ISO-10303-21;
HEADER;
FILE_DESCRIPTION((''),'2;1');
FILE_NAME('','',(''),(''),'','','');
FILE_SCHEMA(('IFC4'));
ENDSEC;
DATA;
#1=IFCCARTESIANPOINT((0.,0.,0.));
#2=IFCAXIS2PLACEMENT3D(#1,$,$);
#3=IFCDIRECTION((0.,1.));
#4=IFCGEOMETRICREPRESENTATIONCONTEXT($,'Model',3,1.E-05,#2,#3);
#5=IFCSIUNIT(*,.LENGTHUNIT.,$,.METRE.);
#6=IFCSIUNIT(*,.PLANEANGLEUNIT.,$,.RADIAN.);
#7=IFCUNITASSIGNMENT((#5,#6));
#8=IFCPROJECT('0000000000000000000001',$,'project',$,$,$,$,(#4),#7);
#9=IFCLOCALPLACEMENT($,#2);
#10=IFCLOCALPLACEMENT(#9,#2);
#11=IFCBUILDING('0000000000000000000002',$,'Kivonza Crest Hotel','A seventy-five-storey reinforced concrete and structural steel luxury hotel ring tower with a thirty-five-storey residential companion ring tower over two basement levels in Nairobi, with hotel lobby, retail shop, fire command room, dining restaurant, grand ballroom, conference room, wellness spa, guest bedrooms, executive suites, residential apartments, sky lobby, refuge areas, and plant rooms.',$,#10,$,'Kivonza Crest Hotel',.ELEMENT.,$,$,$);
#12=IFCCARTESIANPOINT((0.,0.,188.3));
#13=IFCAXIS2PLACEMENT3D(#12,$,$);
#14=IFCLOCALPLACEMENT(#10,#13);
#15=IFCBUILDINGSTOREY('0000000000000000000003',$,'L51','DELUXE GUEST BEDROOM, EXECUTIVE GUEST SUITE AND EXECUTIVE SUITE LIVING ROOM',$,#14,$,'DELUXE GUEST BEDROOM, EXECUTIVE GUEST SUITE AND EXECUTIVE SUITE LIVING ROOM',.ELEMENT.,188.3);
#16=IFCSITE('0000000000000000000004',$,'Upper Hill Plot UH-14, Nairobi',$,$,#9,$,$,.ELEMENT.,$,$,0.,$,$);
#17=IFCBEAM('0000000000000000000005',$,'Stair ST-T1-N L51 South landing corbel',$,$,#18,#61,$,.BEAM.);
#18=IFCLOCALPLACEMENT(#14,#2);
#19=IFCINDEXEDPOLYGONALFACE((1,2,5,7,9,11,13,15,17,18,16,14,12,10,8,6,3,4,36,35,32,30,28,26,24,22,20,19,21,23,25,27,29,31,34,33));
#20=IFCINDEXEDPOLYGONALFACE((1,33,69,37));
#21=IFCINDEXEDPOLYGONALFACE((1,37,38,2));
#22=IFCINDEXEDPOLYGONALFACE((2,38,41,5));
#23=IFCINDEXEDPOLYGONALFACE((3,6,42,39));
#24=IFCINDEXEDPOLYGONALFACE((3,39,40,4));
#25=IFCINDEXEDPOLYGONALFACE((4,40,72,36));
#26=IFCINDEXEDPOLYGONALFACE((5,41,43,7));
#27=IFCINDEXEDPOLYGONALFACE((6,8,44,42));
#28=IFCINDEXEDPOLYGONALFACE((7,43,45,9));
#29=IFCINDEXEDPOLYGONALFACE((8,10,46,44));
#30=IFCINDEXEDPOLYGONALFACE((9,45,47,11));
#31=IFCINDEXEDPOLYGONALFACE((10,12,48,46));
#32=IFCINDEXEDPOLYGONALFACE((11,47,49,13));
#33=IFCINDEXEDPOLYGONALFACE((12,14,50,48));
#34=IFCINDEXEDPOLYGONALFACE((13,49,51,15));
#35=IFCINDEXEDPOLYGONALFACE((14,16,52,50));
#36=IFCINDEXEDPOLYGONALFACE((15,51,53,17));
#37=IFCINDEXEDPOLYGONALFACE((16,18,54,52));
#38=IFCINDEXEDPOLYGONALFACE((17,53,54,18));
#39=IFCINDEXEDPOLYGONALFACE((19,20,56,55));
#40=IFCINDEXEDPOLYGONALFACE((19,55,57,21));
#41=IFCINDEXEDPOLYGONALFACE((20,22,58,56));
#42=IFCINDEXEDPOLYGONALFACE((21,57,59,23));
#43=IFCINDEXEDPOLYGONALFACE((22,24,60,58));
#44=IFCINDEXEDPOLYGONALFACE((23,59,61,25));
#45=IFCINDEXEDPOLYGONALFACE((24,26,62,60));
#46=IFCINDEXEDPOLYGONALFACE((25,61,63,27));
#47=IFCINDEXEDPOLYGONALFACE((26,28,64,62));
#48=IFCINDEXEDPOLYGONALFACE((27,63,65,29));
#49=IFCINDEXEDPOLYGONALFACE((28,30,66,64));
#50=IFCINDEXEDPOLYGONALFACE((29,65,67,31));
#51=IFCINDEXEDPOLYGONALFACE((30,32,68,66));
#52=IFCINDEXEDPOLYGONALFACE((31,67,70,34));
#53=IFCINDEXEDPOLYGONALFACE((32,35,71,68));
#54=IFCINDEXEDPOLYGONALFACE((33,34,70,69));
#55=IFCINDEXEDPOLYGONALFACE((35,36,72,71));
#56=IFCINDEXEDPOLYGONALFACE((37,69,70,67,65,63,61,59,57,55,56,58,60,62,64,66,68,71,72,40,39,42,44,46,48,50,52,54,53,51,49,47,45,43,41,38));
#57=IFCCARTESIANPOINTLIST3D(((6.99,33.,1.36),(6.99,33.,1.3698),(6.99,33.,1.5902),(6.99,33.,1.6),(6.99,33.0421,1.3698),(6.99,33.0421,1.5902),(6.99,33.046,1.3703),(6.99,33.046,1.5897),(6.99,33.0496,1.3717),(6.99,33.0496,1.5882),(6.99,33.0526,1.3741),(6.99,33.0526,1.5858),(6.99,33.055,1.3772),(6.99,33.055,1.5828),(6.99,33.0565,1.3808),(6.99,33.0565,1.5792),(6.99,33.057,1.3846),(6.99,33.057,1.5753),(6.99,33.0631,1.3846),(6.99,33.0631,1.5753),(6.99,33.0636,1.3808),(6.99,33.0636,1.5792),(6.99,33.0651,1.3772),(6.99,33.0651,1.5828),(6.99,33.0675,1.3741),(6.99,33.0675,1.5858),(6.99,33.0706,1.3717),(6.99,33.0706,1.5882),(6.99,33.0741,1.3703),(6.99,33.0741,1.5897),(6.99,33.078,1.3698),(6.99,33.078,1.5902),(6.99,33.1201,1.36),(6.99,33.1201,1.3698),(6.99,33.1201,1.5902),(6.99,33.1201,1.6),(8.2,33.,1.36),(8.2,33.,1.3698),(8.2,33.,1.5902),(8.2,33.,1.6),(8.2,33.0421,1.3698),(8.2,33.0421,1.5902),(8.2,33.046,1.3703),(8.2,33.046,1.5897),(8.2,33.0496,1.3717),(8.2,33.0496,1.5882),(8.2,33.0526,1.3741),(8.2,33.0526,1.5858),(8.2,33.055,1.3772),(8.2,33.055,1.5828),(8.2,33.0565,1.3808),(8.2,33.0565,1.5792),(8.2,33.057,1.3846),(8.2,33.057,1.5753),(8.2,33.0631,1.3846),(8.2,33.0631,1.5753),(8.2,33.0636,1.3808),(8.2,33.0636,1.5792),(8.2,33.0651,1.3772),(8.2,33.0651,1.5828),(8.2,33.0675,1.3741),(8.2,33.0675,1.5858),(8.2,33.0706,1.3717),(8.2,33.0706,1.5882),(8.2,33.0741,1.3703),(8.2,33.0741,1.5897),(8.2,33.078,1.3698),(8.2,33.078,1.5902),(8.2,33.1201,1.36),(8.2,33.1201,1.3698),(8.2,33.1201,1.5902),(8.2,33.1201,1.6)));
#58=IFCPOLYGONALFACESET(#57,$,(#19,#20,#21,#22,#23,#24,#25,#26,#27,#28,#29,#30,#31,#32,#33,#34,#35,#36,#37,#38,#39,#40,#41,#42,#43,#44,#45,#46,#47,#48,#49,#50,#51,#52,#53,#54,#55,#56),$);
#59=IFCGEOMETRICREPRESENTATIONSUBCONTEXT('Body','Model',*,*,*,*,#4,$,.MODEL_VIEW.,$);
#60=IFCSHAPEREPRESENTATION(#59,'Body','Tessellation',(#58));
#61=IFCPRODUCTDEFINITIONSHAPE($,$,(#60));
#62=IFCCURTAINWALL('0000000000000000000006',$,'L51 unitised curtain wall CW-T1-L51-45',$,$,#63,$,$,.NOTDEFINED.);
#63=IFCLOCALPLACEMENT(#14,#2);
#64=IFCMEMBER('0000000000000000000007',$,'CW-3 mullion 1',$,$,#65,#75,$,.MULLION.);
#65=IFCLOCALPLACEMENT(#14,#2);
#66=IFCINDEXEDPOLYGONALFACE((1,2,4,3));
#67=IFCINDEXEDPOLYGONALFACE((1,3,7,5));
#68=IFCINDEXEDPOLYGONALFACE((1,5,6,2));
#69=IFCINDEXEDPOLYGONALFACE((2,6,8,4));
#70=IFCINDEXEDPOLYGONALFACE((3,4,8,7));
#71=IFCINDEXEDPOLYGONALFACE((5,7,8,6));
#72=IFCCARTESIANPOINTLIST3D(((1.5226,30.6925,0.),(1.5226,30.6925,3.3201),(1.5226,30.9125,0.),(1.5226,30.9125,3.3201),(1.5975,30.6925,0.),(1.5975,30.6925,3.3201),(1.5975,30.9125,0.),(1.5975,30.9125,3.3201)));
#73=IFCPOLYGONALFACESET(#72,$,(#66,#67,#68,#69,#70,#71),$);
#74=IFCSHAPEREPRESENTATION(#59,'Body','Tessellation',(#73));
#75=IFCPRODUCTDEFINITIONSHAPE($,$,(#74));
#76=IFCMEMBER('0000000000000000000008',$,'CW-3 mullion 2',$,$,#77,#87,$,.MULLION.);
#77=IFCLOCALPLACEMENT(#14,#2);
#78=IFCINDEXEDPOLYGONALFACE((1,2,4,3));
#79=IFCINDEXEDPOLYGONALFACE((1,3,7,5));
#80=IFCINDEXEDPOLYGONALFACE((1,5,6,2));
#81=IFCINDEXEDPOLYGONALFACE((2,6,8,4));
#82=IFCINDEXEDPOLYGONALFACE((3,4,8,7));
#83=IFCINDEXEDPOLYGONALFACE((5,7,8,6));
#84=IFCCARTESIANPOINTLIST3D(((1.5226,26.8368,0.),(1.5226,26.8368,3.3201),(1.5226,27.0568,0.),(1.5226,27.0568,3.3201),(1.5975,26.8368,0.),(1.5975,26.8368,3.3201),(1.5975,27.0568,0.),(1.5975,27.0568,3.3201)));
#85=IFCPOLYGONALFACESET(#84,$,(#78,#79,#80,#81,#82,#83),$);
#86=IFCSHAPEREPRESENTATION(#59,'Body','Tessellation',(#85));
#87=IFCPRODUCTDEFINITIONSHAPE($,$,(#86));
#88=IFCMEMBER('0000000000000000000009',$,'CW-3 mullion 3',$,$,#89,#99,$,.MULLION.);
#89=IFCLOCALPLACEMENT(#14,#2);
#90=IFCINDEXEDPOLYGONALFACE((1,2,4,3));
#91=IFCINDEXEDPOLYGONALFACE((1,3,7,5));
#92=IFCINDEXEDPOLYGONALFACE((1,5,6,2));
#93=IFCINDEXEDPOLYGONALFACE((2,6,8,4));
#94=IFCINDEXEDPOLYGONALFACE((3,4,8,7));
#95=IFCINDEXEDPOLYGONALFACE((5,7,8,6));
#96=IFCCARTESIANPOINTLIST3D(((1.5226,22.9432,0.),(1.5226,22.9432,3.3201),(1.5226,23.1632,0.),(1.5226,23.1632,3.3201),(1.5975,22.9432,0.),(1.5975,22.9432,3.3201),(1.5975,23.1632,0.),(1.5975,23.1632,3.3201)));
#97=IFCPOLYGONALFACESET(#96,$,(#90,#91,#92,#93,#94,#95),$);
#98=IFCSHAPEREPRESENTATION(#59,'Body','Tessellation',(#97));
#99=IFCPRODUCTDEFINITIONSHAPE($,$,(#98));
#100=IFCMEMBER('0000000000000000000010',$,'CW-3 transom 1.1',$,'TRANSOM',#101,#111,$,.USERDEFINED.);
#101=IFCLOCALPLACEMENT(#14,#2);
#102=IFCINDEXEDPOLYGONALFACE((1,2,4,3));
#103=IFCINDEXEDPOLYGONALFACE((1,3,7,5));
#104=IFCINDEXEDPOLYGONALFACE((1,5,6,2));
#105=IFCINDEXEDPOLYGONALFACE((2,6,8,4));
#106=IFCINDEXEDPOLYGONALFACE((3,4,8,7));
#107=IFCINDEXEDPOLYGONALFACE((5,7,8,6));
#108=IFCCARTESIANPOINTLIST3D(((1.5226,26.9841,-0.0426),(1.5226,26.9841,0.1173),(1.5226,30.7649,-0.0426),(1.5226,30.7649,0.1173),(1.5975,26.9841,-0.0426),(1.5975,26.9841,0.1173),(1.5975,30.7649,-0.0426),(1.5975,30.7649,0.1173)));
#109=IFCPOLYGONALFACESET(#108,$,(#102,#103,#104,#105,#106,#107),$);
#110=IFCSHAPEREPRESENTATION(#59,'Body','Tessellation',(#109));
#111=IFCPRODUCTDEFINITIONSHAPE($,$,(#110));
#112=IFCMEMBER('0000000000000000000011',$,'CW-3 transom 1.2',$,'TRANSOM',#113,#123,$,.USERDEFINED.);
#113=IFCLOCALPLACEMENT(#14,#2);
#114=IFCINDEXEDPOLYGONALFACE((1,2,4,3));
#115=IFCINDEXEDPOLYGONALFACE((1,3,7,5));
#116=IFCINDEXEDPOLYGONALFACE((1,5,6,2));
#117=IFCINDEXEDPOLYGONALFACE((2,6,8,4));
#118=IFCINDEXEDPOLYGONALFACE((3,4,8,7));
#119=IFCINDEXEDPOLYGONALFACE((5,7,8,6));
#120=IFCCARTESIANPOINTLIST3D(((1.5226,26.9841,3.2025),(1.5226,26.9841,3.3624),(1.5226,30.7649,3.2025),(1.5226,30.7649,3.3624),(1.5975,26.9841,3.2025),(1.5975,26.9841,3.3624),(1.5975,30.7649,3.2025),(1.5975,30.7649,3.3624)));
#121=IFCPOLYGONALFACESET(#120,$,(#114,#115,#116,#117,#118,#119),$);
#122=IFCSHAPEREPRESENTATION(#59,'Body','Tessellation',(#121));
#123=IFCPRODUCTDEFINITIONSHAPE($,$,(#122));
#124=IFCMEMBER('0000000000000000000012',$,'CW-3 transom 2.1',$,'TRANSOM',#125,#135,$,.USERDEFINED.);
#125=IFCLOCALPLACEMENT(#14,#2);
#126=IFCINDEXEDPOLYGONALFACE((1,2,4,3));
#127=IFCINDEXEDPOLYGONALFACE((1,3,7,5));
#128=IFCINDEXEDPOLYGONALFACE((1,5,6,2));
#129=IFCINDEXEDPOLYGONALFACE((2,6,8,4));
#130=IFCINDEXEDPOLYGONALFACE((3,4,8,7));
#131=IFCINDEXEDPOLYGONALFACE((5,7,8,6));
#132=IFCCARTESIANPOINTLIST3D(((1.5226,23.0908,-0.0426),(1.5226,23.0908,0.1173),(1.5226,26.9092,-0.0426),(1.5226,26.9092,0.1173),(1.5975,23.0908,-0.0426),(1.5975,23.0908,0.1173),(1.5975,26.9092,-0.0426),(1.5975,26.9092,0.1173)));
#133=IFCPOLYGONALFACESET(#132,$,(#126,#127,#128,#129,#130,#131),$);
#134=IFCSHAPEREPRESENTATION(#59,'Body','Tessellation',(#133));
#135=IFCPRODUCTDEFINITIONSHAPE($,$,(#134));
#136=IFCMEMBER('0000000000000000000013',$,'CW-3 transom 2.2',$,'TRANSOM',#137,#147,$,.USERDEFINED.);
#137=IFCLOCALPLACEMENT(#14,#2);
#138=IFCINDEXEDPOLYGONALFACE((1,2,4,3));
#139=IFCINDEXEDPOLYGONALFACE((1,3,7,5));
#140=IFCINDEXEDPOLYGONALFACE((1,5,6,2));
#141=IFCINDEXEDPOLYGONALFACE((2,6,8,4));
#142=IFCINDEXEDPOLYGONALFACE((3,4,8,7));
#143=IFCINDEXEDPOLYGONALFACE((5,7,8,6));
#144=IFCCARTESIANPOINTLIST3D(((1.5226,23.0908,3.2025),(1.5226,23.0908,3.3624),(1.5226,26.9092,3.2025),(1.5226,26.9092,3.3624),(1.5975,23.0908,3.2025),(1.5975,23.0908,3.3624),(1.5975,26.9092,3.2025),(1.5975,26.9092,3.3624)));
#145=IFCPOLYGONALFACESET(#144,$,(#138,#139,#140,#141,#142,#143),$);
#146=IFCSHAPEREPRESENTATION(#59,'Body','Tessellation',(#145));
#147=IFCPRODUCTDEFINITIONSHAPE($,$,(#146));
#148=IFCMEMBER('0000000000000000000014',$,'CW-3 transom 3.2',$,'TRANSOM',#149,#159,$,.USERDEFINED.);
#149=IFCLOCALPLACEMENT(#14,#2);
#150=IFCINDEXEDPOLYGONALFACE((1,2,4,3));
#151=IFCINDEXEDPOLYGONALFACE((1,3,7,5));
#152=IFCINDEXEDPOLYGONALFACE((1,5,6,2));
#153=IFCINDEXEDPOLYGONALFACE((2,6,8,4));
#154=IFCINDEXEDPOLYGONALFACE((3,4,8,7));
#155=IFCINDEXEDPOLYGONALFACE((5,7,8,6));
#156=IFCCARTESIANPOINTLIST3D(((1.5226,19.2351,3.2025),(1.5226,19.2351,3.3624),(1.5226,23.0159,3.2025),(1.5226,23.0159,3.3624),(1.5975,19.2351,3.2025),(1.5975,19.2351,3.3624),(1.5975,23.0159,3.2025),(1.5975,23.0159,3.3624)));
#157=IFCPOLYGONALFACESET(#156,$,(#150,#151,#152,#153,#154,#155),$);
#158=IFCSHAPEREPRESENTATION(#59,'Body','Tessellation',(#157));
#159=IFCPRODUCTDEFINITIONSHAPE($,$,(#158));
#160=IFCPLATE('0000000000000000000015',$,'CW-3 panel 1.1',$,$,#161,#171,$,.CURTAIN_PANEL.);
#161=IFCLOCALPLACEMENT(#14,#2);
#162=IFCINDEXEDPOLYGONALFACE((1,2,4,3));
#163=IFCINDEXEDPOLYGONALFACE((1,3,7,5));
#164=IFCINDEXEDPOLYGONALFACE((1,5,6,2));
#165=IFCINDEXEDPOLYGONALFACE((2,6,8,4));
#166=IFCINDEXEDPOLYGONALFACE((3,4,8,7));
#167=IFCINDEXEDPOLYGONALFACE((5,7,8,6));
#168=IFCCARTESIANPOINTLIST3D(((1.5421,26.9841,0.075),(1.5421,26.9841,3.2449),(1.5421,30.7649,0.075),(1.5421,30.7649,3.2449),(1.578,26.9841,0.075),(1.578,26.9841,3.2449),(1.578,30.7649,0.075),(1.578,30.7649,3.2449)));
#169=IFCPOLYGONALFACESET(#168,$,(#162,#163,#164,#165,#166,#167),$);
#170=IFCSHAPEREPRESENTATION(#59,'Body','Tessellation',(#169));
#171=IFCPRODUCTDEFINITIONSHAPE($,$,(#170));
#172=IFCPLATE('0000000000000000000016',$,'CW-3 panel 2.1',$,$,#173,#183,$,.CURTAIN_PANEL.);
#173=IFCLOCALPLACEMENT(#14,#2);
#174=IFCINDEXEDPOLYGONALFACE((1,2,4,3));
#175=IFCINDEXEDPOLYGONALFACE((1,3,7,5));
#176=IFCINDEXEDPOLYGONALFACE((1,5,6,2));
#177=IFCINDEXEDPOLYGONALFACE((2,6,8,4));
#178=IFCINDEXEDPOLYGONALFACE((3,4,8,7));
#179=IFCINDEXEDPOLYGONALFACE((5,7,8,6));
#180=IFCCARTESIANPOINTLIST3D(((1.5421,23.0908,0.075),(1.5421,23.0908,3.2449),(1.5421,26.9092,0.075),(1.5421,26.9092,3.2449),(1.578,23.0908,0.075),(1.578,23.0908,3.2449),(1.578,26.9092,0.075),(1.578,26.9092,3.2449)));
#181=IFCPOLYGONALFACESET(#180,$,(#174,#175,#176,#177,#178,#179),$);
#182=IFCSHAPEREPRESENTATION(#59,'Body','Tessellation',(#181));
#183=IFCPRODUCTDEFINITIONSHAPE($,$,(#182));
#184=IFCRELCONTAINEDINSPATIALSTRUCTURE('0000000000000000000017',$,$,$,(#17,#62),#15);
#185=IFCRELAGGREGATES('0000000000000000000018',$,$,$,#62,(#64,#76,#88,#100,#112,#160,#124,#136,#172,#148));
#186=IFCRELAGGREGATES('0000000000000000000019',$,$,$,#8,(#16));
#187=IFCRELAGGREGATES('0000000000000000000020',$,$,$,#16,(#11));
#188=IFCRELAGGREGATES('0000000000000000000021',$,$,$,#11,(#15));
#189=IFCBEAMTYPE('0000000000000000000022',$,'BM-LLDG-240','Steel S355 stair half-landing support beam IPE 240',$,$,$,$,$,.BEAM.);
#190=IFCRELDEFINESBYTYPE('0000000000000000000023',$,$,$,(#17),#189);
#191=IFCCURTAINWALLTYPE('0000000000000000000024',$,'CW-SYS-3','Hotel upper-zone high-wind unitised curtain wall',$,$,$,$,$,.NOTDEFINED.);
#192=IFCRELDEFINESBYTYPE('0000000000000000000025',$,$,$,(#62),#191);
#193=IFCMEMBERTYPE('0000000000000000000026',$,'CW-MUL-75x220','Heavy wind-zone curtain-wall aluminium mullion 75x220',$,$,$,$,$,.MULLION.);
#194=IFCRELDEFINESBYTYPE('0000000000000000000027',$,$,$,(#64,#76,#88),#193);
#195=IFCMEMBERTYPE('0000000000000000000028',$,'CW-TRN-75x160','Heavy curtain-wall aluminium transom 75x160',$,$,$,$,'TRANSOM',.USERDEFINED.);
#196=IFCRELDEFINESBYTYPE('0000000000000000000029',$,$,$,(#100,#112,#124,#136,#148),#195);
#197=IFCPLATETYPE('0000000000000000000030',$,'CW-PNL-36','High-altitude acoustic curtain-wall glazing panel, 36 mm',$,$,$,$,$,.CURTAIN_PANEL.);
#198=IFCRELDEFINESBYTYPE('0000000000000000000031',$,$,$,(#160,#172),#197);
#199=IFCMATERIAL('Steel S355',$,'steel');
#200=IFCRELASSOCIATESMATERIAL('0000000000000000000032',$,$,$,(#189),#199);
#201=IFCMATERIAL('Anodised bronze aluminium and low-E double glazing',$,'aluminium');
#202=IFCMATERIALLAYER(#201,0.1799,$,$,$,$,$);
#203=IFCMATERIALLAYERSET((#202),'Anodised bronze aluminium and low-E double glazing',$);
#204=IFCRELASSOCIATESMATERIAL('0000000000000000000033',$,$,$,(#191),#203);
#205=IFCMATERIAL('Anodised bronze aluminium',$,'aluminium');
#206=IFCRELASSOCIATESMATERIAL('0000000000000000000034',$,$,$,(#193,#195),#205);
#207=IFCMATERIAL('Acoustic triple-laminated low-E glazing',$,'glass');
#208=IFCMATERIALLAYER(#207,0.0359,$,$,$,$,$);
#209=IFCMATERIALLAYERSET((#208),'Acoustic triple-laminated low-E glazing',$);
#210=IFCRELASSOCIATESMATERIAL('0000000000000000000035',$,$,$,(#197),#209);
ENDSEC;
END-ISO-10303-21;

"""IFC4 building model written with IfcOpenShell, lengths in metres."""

from ifc_helpers import new_model, si_unit, direction, frame, origin, origin_2d, place, context, subcontext, project, spatial, rectangle, i_section, extrude, material, layer, layer_set, material_profile, profile_set, type_object, element, aggregate, save


model = new_model("IFC4")

# Units and contexts
model_context = context("Model", 3, precision=1e-05, world=origin(), true_north=direction((0.0, 1.0)))
body_context = subcontext(model_context, "Body", "Model", "MODEL_VIEW")
ifc_project = project(units=[si_unit("LENGTHUNIT", "METRE"), si_unit("PLANEANGLEUNIT", "RADIAN")], contexts=[model_context])

# Site, building, storey
site_placement = place(None, origin())
site = spatial("IfcSite", under=ifc_project, at=site_placement, Name="Upper Hill Plot UH-14, Nairobi", CompositionType="ELEMENT", RefElevation=0.0)
building_placement = place(site_placement, origin())
building = spatial("IfcBuilding", under=site, at=building_placement, Name="Kivonza Crest Hotel", Description="A seventy-five-storey reinforced concrete and structural steel luxury hotel ring tower with a thirty-five-storey residential companion ring tower over two basement levels in Nairobi, with hotel lobby, retail shop, fire command room, dining restaurant, grand ballroom, conference room, wellness spa, guest bedrooms, executive suites, residential apartments, sky lobby, refuge areas, and plant rooms.", LongName="Kivonza Crest Hotel", CompositionType="ELEMENT")
storey_placement = place(building_placement, frame((0.0, 0.0, 188.3)))
storey = spatial("IfcBuildingStorey", under=building, at=storey_placement, Name="L51", Description="DELUXE GUEST BEDROOM, EXECUTIVE GUEST SUITE AND EXECUTIVE SUITE LIVING ROOM", LongName="DELUXE GUEST BEDROOM, EXECUTIVE GUEST SUITE AND EXECUTIVE SUITE LIVING ROOM", CompositionType="ELEMENT", Elevation=188.3)

# Beam
ifc_material_1 = material(Name="Steel S355", Category="steel")
ifc_material_profile_1 = material_profile(ifc_material_1, i_section(OverallWidth=0.1201, OverallDepth=0.24, WebThickness=0.0061, FlangeThickness=0.0098, FilletRadius=0.0149, at=origin_2d()), Name="IPE 240")
ifc_profile_set_1 = profile_set([ifc_material_profile_1], Name="Steel S355")
beam_type_1 = type_object("IfcBeamType", Name="BM-LLDG-240", Description="Steel S355 stair half-landing support beam IPE 240", PredefinedType="BEAM", material=ifc_profile_set_1)
beam_1_placement = place(storey_placement, frame((6.99, 33.0601, 1.48), z_axis=(1.0, 0.0, 0.0), x_axis=(0.0, 1.0, 0.0)))
element("IfcBeam", 1, at=beam_1_placement, inside=storey, type_object=beam_type_1, Name="Stair ST-T1-N L51 South landing corbel", PredefinedType="BEAM", context=body_context, shape_type="SweptSolid", body=[
    extrude(i_section(OverallWidth=0.1201, OverallDepth=0.24, WebThickness=0.0061, FlangeThickness=0.0098, FilletRadius=0.0149, at=origin_2d()), origin(), (0.0, 0.0, 1.0), 1.21),
])

# Curtain wall, members, plates
ifc_material_2 = material(Name="Anodised bronze aluminium and low-E double glazing", Category="aluminium")
ifc_layer_1 = layer(ifc_material_2, 0.1799)
ifc_layer_set_1 = layer_set([ifc_layer_1], Name="Anodised bronze aluminium and low-E double glazing")
curtain_wall_type = type_object("IfcCurtainWallType", Name="CW-SYS-3", Description="Hotel upper-zone high-wind unitised curtain wall", PredefinedType="NOTDEFINED", material=ifc_layer_set_1)
curtain_wall_placement = place(storey_placement, origin())
curtain_wall = element("IfcCurtainWall", 2, at=curtain_wall_placement, inside=storey, type_object=curtain_wall_type, Name="L51 unitised curtain wall CW-T1-L51-45", PredefinedType="NOTDEFINED")
ifc_material_3 = material(Name="Anodised bronze aluminium", Category="aluminium")
ifc_material_profile_2 = material_profile(ifc_material_3, rectangle(XDim=0.075, YDim=0.22, at=origin_2d()), Name="CW-M 75x220")
ifc_profile_set_2 = profile_set([ifc_material_profile_2], Name="Anodised bronze aluminium")
member_type_1 = type_object("IfcMemberType", Name="CW-MUL-75x220", Description="Heavy wind-zone curtain-wall aluminium mullion 75x220", PredefinedType="MULLION", material=ifc_profile_set_2)
member_1_placement = place(storey_placement, frame((1.5601, 30.8025, 0.0), z_axis=(0.0, 0.0, 1.0), x_axis=(1.0, 0.0, 0.0)))
member_1 = element("IfcMember", 3, at=member_1_placement, type_object=member_type_1, Name="CW-3 mullion 1", PredefinedType="MULLION", context=body_context, shape_type="SweptSolid", body=[
    extrude(rectangle(XDim=0.075, YDim=0.22, at=origin_2d()), origin(), (0.0, 0.0, 1.0), 3.3201),
])
member_2_placement = place(storey_placement, frame((1.5601, 26.9468, 0.0), z_axis=(0.0, 0.0, 1.0), x_axis=(1.0, 0.0, 0.0)))
member_2 = element("IfcMember", 4, at=member_2_placement, type_object=member_type_1, Name="CW-3 mullion 2", PredefinedType="MULLION", context=body_context, shape_type="SweptSolid", body=[
    extrude(rectangle(XDim=0.075, YDim=0.22, at=origin_2d()), origin(), (0.0, 0.0, 1.0), 3.3201),
])
member_3_placement = place(storey_placement, frame((1.5601, 23.0532, 0.0), z_axis=(0.0, 0.0, 1.0), x_axis=(1.0, 0.0, 0.0)))
member_3 = element("IfcMember", 5, at=member_3_placement, type_object=member_type_1, Name="CW-3 mullion 3", PredefinedType="MULLION", context=body_context, shape_type="SweptSolid", body=[
    extrude(rectangle(XDim=0.075, YDim=0.22, at=origin_2d()), origin(), (0.0, 0.0, 1.0), 3.3201),
])
ifc_material_profile_3 = material_profile(ifc_material_3, rectangle(XDim=0.075, YDim=0.1599, at=origin_2d()), Name="CW-T 75x160")
ifc_profile_set_3 = profile_set([ifc_material_profile_3], Name="Anodised bronze aluminium")
member_type_2 = type_object("IfcMemberType", Name="CW-TRN-75x160", Description="Heavy curtain-wall aluminium transom 75x160", ElementType="TRANSOM", PredefinedType="USERDEFINED", material=ifc_profile_set_3)
member_4_placement = place(storey_placement, frame((1.5601, 30.7649, 0.0374), z_axis=(0.0, -1.0, 0.0), x_axis=(1.0, 0.0, 0.0)))
member_4 = element("IfcMember", 6, at=member_4_placement, type_object=member_type_2, Name="CW-3 transom 1.1", ObjectType="TRANSOM", PredefinedType="USERDEFINED", context=body_context, shape_type="SweptSolid", body=[
    extrude(rectangle(XDim=0.075, YDim=0.1599, at=origin_2d()), origin(), (0.0, 0.0, 1.0), 3.7808),
])
member_5_placement = place(storey_placement, frame((1.5601, 30.7649, 3.2825), z_axis=(0.0, -1.0, 0.0), x_axis=(1.0, 0.0, 0.0)))
member_5 = element("IfcMember", 7, at=member_5_placement, type_object=member_type_2, Name="CW-3 transom 1.2", ObjectType="TRANSOM", PredefinedType="USERDEFINED", context=body_context, shape_type="SweptSolid", body=[
    extrude(rectangle(XDim=0.075, YDim=0.1599, at=origin_2d()), origin(), (0.0, 0.0, 1.0), 3.7808),
])
member_6_placement = place(storey_placement, frame((1.5601, 26.9092, 0.0374), z_axis=(0.0, -1.0, 0.0), x_axis=(1.0, 0.0, 0.0)))
member_6 = element("IfcMember", 8, at=member_6_placement, type_object=member_type_2, Name="CW-3 transom 2.1", ObjectType="TRANSOM", PredefinedType="USERDEFINED", context=body_context, shape_type="SweptSolid", body=[
    extrude(rectangle(XDim=0.075, YDim=0.1599, at=origin_2d()), origin(), (0.0, 0.0, 1.0), 3.8184),
])
member_7_placement = place(storey_placement, frame((1.5601, 26.9092, 3.2825), z_axis=(0.0, -1.0, 0.0), x_axis=(1.0, 0.0, 0.0)))
member_7 = element("IfcMember", 9, at=member_7_placement, type_object=member_type_2, Name="CW-3 transom 2.2", ObjectType="TRANSOM", PredefinedType="USERDEFINED", context=body_context, shape_type="SweptSolid", body=[
    extrude(rectangle(XDim=0.075, YDim=0.1599, at=origin_2d()), origin(), (0.0, 0.0, 1.0), 3.8184),
])
member_8_placement = place(storey_placement, frame((1.5601, 23.0159, 3.2825), z_axis=(0.0, -1.0, 0.0), x_axis=(1.0, 0.0, 0.0)))
member_8 = element("IfcMember", 10, at=member_8_placement, type_object=member_type_2, Name="CW-3 transom 3.2", ObjectType="TRANSOM", PredefinedType="USERDEFINED", context=body_context, shape_type="SweptSolid", body=[
    extrude(rectangle(XDim=0.075, YDim=0.1599, at=origin_2d()), origin(), (0.0, 0.0, 1.0), 3.7808),
])
ifc_material_4 = material(Name="Acoustic triple-laminated low-E glazing", Category="glass")
ifc_layer_2 = layer(ifc_material_4, 0.0359)
ifc_layer_set_2 = layer_set([ifc_layer_2], Name="Acoustic triple-laminated low-E glazing")
plate_type = type_object("IfcPlateType", Name="CW-PNL-36", Description="High-altitude acoustic curtain-wall glazing panel, 36 mm", PredefinedType="CURTAIN_PANEL", material=ifc_layer_set_2)
plate_1_placement = place(storey_placement, frame((1.5601, 28.8745, 0.075), z_axis=(0.0, 0.0, 1.0), x_axis=(0.0, -1.0, 0.0)))
plate_1 = element("IfcPlate", 11, at=plate_1_placement, type_object=plate_type, Name="CW-3 panel 1.1", PredefinedType="CURTAIN_PANEL", context=body_context, shape_type="SweptSolid", body=[
    extrude(rectangle(XDim=3.7808, YDim=0.0359, at=origin_2d()), origin(), (0.0, 0.0, 1.0), 3.1699),
])
plate_2_placement = place(storey_placement, frame((1.5601, 25.0, 0.075), z_axis=(0.0, 0.0, 1.0), x_axis=(0.0, -1.0, 0.0)))
plate_2 = element("IfcPlate", 12, at=plate_2_placement, type_object=plate_type, Name="CW-3 panel 2.1", PredefinedType="CURTAIN_PANEL", context=body_context, shape_type="SweptSolid", body=[
    extrude(rectangle(XDim=3.8184, YDim=0.0359, at=origin_2d()), origin(), (0.0, 0.0, 1.0), 3.1699),
])
aggregate(curtain_wall, [member_1, member_2, member_3, member_4, member_5, plate_1, member_6, member_7, plate_2, member_8])

save(model, "model.ifc")
